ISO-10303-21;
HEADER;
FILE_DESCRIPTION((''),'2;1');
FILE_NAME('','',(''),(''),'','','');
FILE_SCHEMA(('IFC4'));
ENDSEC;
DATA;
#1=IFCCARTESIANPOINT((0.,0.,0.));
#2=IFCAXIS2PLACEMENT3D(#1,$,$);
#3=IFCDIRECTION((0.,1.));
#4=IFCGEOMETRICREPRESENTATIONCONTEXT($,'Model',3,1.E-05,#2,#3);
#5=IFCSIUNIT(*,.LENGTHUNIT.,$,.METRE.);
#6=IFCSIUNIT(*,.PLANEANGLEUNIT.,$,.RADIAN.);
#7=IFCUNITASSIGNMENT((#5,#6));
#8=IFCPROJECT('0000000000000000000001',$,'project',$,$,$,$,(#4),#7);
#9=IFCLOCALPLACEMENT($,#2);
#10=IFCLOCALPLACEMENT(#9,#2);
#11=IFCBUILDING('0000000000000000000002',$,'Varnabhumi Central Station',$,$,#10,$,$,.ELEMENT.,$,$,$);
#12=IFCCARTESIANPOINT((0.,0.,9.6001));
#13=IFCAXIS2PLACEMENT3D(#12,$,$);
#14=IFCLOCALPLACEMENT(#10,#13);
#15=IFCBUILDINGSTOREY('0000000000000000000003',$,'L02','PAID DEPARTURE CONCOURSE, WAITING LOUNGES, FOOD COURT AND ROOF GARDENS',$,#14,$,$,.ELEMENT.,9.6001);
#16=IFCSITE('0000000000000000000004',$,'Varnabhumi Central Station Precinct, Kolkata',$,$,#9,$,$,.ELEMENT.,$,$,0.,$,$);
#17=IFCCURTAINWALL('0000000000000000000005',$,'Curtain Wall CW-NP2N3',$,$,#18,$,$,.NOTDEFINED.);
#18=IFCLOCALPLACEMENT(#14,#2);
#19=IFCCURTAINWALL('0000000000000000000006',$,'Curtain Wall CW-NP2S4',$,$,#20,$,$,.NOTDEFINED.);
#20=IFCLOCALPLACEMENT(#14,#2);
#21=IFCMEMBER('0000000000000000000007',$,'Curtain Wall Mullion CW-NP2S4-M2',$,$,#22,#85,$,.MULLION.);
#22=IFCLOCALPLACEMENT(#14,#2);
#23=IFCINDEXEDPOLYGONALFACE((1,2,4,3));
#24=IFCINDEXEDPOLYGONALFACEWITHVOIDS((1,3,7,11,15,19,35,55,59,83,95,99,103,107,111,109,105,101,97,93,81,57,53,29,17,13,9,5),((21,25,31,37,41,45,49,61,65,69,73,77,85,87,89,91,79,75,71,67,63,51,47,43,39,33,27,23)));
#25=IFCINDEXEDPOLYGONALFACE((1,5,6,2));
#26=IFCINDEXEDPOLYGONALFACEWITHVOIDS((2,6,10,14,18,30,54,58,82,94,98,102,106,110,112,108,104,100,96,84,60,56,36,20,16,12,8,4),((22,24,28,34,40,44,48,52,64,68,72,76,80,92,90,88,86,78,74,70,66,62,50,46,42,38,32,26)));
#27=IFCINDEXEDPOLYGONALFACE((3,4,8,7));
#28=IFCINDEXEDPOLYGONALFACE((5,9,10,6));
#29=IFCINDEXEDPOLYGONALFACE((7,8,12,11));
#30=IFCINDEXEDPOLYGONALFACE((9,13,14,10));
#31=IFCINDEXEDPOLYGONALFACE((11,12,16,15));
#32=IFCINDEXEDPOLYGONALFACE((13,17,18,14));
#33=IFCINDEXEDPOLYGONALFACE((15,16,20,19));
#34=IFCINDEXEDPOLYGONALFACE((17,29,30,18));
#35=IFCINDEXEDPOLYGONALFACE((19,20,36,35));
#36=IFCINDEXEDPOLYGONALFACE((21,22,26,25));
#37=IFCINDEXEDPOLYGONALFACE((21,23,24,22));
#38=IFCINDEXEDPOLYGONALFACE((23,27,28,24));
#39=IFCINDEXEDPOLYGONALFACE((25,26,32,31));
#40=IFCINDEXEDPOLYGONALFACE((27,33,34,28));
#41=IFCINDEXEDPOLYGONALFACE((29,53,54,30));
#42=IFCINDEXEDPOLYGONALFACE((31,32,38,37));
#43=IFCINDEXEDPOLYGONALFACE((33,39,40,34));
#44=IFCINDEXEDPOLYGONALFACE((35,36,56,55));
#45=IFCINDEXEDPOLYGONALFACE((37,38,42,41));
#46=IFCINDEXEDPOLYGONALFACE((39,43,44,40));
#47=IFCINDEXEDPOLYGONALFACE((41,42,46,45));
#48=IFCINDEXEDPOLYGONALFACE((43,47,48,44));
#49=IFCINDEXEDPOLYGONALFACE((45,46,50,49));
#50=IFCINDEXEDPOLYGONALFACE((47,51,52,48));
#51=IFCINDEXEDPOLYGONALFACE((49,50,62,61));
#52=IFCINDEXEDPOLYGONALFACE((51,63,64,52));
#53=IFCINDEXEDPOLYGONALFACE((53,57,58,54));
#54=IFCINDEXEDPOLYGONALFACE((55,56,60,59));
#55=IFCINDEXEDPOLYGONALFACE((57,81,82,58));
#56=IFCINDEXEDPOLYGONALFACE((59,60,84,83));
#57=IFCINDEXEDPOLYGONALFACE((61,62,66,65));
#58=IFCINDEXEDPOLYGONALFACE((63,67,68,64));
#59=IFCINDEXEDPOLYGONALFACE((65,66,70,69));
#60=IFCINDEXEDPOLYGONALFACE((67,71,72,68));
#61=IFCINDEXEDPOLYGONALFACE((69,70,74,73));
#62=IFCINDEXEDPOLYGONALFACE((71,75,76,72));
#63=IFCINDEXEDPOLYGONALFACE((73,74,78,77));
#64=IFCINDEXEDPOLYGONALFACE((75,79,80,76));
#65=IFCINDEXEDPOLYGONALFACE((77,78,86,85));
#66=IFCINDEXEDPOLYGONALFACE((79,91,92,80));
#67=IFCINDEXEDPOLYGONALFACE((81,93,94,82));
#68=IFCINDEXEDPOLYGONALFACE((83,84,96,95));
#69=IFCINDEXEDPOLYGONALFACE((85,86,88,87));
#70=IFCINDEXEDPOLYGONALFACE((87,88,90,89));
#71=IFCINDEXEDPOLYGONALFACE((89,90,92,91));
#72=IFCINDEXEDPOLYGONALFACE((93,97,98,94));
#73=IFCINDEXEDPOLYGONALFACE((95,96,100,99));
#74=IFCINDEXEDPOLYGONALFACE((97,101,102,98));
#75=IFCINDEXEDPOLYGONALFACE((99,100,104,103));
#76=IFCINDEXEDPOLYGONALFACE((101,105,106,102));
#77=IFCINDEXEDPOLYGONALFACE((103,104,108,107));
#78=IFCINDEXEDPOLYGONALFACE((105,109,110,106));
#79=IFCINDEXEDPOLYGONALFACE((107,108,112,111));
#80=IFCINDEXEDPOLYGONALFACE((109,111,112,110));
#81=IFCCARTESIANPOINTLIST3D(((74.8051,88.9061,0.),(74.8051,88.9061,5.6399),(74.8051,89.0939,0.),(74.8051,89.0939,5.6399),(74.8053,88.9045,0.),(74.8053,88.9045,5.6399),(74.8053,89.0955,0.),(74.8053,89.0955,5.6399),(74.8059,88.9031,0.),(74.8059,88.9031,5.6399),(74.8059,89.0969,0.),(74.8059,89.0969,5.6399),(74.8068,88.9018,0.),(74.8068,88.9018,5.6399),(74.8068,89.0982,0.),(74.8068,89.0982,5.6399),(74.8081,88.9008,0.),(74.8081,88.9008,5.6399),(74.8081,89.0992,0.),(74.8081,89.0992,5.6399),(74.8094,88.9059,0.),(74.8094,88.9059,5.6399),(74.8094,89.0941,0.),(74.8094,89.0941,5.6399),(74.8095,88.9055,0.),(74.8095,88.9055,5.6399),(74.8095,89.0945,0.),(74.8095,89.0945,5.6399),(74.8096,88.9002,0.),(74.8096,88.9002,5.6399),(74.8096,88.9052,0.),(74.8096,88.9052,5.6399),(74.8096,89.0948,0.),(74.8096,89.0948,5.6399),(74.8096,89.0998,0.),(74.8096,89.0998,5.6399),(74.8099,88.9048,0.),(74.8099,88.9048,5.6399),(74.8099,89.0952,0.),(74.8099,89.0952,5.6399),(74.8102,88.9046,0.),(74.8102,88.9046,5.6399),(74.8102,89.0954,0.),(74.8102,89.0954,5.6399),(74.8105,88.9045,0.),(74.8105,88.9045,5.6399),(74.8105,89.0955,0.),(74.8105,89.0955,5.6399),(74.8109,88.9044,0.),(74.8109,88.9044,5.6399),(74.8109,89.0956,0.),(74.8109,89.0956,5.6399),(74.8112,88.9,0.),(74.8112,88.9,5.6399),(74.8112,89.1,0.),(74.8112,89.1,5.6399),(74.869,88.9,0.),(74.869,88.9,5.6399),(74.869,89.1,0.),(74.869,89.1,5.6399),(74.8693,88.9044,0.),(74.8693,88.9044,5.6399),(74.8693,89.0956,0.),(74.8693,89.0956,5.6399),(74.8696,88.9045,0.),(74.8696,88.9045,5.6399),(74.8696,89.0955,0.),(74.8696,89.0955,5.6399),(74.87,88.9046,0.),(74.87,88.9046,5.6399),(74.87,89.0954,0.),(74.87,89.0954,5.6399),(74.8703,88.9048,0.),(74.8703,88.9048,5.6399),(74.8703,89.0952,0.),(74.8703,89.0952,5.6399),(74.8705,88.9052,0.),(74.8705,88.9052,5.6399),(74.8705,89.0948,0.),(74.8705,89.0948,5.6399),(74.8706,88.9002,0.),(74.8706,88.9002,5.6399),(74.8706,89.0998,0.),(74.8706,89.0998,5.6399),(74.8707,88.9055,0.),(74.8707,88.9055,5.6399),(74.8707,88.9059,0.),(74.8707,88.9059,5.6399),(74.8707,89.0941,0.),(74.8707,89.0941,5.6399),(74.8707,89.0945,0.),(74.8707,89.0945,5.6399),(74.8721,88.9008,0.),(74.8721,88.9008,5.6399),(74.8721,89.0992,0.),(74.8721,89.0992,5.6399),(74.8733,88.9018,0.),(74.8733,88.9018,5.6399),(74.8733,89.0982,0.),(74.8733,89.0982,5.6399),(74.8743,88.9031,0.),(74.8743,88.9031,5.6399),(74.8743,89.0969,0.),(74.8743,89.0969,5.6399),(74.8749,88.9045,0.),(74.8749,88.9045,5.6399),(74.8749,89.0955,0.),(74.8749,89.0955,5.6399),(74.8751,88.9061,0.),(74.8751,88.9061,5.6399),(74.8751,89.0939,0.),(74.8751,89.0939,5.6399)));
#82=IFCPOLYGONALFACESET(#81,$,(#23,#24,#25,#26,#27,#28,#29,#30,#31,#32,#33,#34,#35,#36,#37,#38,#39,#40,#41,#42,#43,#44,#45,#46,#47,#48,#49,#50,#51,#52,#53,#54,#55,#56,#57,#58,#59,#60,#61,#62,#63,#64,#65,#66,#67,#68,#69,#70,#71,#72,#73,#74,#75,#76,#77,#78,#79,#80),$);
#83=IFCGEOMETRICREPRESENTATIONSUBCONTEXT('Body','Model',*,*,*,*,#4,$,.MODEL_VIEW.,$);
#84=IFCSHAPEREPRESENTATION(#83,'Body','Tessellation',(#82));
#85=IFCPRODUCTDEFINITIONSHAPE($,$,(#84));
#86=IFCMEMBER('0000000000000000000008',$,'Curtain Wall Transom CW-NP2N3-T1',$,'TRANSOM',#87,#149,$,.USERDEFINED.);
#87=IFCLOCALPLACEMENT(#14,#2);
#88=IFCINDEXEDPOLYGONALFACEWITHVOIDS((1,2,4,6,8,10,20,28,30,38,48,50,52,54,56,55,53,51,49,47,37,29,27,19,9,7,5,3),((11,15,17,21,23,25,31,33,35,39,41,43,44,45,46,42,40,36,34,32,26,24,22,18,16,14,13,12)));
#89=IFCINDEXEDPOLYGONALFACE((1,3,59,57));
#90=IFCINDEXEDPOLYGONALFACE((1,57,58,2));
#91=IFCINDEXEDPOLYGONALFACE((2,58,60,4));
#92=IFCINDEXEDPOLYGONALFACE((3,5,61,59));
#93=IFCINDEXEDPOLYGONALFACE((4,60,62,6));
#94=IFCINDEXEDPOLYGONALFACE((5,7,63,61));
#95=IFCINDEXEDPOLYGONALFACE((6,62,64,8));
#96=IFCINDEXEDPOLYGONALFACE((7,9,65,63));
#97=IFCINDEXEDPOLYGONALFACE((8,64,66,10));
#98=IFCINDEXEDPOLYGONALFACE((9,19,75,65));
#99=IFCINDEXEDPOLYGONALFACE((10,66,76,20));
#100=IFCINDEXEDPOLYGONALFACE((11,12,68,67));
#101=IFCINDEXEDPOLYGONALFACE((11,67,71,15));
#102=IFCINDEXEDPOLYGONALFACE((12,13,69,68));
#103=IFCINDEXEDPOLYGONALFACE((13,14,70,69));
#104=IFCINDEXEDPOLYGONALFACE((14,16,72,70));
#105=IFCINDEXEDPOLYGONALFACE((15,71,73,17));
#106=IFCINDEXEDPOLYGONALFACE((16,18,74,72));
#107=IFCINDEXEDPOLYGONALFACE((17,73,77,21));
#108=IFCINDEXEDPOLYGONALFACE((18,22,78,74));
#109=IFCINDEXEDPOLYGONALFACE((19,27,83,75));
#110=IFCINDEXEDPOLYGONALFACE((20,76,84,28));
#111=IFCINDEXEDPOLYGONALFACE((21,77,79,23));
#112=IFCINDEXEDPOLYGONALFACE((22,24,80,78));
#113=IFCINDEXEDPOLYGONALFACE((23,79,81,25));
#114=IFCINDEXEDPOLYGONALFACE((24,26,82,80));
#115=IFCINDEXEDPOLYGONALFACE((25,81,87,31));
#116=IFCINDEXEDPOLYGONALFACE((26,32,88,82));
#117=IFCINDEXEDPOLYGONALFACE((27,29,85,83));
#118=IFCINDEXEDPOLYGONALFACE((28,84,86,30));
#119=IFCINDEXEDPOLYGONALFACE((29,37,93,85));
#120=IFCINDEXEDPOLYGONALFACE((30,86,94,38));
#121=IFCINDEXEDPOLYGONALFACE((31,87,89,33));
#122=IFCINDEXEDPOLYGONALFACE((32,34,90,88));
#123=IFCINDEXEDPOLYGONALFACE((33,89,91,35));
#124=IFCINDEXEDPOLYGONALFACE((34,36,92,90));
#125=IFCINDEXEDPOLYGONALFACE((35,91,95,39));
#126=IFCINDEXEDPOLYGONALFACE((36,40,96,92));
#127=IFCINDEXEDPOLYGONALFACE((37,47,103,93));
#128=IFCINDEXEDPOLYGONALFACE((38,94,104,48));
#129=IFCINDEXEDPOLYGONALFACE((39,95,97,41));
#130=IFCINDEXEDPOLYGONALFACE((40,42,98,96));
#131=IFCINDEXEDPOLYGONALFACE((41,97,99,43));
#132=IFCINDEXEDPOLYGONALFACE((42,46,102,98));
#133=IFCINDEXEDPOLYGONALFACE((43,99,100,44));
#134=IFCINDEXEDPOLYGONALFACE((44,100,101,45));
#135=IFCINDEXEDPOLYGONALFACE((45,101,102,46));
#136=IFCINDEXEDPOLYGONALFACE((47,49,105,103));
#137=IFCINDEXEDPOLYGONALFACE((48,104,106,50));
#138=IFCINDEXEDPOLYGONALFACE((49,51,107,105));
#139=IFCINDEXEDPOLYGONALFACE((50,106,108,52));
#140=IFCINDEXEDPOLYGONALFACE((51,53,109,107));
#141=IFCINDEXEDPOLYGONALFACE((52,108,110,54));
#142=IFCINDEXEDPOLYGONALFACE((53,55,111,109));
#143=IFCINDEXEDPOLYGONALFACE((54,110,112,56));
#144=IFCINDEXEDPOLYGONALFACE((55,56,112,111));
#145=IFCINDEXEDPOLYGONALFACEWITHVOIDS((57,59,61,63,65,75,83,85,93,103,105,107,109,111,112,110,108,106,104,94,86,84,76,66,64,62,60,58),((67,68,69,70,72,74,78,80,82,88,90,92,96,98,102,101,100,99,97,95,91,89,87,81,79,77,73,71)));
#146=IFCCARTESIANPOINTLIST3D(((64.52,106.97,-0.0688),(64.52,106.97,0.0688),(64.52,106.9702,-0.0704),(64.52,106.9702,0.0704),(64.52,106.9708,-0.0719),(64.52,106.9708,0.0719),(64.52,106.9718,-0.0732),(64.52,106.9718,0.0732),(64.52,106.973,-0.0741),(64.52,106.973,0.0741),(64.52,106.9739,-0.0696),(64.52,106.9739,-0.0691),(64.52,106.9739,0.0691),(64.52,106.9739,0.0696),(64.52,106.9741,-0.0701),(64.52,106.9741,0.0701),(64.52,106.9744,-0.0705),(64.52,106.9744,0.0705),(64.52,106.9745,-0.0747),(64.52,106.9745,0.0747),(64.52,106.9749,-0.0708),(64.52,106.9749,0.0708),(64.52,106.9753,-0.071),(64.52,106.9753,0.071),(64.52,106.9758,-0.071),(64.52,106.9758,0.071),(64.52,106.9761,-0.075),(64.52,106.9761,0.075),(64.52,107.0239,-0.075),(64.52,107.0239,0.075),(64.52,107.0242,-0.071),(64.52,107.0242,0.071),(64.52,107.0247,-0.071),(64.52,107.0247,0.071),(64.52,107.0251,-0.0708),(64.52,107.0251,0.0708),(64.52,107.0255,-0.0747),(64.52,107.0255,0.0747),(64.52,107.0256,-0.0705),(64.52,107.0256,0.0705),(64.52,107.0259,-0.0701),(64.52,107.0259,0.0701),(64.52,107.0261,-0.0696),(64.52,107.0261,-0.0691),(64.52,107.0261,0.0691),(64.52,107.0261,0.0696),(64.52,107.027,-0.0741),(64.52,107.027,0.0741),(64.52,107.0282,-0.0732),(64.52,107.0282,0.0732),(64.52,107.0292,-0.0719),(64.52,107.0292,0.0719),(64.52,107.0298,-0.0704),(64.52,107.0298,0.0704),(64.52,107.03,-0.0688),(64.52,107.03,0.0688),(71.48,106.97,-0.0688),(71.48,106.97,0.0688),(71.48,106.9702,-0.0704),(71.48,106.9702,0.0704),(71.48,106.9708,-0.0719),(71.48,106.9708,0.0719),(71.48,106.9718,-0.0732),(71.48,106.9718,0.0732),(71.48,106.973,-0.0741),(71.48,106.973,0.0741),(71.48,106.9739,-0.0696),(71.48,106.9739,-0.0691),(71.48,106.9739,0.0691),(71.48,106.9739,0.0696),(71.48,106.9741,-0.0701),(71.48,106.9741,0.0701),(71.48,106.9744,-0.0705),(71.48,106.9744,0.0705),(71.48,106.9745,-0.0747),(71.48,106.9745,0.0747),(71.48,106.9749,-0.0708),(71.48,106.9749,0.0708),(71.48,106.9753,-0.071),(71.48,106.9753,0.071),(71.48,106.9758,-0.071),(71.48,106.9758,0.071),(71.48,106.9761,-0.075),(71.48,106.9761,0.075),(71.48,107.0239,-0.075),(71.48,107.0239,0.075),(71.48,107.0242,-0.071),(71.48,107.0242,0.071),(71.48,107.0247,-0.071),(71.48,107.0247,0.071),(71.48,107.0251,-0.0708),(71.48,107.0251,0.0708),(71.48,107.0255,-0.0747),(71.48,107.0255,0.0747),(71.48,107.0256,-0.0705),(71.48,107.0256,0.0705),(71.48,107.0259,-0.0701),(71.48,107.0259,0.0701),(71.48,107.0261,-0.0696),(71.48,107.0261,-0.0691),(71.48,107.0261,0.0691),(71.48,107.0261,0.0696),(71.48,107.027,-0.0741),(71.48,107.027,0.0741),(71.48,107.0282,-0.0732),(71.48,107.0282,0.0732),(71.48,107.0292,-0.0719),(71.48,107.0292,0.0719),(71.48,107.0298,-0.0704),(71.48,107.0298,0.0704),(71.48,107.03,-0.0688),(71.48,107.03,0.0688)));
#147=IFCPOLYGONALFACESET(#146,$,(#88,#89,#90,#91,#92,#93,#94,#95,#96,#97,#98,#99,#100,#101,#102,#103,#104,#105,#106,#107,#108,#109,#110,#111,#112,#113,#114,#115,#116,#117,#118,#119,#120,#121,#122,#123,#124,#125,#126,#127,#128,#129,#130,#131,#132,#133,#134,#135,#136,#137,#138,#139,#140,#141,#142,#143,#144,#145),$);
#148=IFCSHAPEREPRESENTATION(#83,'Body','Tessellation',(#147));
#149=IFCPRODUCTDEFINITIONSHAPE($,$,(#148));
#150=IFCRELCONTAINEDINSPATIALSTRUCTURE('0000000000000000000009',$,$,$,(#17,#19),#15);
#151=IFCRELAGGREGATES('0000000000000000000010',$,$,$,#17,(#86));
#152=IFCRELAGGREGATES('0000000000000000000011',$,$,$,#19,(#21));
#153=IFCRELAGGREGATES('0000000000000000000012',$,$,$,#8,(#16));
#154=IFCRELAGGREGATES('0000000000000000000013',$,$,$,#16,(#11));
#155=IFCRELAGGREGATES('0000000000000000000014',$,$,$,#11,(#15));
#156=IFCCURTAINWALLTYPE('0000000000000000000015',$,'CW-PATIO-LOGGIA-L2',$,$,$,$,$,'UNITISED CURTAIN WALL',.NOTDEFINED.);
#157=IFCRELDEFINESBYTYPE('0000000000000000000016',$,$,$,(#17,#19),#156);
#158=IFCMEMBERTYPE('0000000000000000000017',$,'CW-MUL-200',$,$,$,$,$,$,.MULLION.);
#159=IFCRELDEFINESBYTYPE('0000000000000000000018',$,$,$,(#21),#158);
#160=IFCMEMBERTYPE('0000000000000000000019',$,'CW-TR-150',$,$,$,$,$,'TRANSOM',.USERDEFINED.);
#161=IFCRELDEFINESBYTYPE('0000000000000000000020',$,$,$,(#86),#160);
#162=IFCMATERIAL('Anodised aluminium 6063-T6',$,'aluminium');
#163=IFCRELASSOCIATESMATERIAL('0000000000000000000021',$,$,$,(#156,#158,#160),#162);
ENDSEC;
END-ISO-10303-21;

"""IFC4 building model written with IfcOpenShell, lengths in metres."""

from ifc_helpers import new_model, si_unit, direction, frame, origin, origin_2d, place, context, subcontext, project, spatial, hollow_rectangle, extrude, material, material_profile, profile_set, type_object, element, aggregate, save


model = new_model("IFC4")

# Units and contexts
model_context = context("Model", 3, precision=1e-05, world=origin(), true_north=direction((0.0, 1.0)))
body_context = subcontext(model_context, "Body", "Model", "MODEL_VIEW")
ifc_project = project(units=[si_unit("LENGTHUNIT", "METRE"), si_unit("PLANEANGLEUNIT", "RADIAN")], contexts=[model_context])

# Site, building, storey
site_placement = place(None, origin())
site = spatial("IfcSite", under=ifc_project, at=site_placement, Name="Varnabhumi Central Station Precinct, Kolkata", CompositionType="ELEMENT", RefElevation=0.0)
building_placement = place(site_placement, origin())
building = spatial("IfcBuilding", under=site, at=building_placement, Name="Varnabhumi Central Station", CompositionType="ELEMENT")
storey_placement = place(building_placement, frame((0.0, 0.0, 9.6001)))
storey = spatial("IfcBuildingStorey", under=building, at=storey_placement, Name="L02", Description="PAID DEPARTURE CONCOURSE, WAITING LOUNGES, FOOD COURT AND ROOF GARDENS", CompositionType="ELEMENT", Elevation=9.6001)

# Shared definitions
ifc_material_1 = material(Name="Anodised aluminium 6063-T6", Category="aluminium")
curtain_wall_type = type_object("IfcCurtainWallType", Name="CW-PATIO-LOGGIA-L2", ElementType="UNITISED CURTAIN WALL", PredefinedType="NOTDEFINED", material=ifc_material_1)
ifc_material_profile_1 = material_profile(ifc_material_1, hollow_rectangle(XDim=0.0701, YDim=0.2, WallThickness=0.0044, InnerFilletRadius=0.0015, OuterFilletRadius=0.0061, at=origin_2d()), Name="Anodised aluminium 6063-T6", Category="aluminium")
ifc_profile_set_1 = profile_set([ifc_material_profile_1], Name="Anodised aluminium 6063-T6")
member_type_1 = type_object("IfcMemberType", Name="CW-MUL-200", PredefinedType="MULLION", material=ifc_profile_set_1)

# Curtain wall
curtain_wall_1_placement = place(storey_placement, origin())
curtain_wall_1 = element("IfcCurtainWall", 1, at=curtain_wall_1_placement, inside=storey, type_object=curtain_wall_type, Name="Curtain Wall CW-NP2N3", PredefinedType="NOTDEFINED")

# Curtain wall, member
curtain_wall_2_placement = place(storey_placement, origin())
curtain_wall_2 = element("IfcCurtainWall", 2, at=curtain_wall_2_placement, inside=storey, type_object=curtain_wall_type, Name="Curtain Wall CW-NP2S4", PredefinedType="NOTDEFINED")
member_1_placement = place(storey_placement, frame((74.8401, 89.0, 0.0), z_axis=(0.0, 0.0, 1.0), x_axis=(1.0, 0.0, 0.0)))
member_1 = element("IfcMember", 3, at=member_1_placement, type_object=member_type_1, Name="Curtain Wall Mullion CW-NP2S4-M2", PredefinedType="MULLION", context=body_context, shape_type="SweptSolid", body=[
    extrude(hollow_rectangle(XDim=0.0701, YDim=0.2, WallThickness=0.0044, InnerFilletRadius=0.0015, OuterFilletRadius=0.0061, at=origin_2d()), origin(), (0.0, 0.0, 1.0), 5.6399),
])

# Member
ifc_material_profile_2 = material_profile(ifc_material_1, hollow_rectangle(XDim=0.0601, YDim=0.1499, WallThickness=0.0039, InnerFilletRadius=0.002, OuterFilletRadius=0.0061, at=origin_2d()), Name="Anodised aluminium 6063-T6", Category="aluminium")
ifc_profile_set_2 = profile_set([ifc_material_profile_2], Name="Anodised aluminium 6063-T6")
member_type_2 = type_object("IfcMemberType", Name="CW-TR-150", ElementType="TRANSOM", PredefinedType="USERDEFINED", material=ifc_profile_set_2)
member_2_placement = place(storey_placement, frame((64.52, 107.0, 0.0), z_axis=(1.0, 0.0, 0.0), x_axis=(0.0, 1.0, 0.0)))
member_2 = element("IfcMember", 4, at=member_2_placement, type_object=member_type_2, Name="Curtain Wall Transom CW-NP2N3-T1", ObjectType="TRANSOM", PredefinedType="USERDEFINED", context=body_context, shape_type="SweptSolid", body=[
    extrude(hollow_rectangle(XDim=0.0601, YDim=0.1499, WallThickness=0.0039, InnerFilletRadius=0.002, OuterFilletRadius=0.0061, at=origin_2d()), origin(), (0.0, 0.0, 1.0), 6.96),
])

aggregate(curtain_wall_1, [member_2])
aggregate(curtain_wall_2, [member_1])

save(model, "model.ifc")
